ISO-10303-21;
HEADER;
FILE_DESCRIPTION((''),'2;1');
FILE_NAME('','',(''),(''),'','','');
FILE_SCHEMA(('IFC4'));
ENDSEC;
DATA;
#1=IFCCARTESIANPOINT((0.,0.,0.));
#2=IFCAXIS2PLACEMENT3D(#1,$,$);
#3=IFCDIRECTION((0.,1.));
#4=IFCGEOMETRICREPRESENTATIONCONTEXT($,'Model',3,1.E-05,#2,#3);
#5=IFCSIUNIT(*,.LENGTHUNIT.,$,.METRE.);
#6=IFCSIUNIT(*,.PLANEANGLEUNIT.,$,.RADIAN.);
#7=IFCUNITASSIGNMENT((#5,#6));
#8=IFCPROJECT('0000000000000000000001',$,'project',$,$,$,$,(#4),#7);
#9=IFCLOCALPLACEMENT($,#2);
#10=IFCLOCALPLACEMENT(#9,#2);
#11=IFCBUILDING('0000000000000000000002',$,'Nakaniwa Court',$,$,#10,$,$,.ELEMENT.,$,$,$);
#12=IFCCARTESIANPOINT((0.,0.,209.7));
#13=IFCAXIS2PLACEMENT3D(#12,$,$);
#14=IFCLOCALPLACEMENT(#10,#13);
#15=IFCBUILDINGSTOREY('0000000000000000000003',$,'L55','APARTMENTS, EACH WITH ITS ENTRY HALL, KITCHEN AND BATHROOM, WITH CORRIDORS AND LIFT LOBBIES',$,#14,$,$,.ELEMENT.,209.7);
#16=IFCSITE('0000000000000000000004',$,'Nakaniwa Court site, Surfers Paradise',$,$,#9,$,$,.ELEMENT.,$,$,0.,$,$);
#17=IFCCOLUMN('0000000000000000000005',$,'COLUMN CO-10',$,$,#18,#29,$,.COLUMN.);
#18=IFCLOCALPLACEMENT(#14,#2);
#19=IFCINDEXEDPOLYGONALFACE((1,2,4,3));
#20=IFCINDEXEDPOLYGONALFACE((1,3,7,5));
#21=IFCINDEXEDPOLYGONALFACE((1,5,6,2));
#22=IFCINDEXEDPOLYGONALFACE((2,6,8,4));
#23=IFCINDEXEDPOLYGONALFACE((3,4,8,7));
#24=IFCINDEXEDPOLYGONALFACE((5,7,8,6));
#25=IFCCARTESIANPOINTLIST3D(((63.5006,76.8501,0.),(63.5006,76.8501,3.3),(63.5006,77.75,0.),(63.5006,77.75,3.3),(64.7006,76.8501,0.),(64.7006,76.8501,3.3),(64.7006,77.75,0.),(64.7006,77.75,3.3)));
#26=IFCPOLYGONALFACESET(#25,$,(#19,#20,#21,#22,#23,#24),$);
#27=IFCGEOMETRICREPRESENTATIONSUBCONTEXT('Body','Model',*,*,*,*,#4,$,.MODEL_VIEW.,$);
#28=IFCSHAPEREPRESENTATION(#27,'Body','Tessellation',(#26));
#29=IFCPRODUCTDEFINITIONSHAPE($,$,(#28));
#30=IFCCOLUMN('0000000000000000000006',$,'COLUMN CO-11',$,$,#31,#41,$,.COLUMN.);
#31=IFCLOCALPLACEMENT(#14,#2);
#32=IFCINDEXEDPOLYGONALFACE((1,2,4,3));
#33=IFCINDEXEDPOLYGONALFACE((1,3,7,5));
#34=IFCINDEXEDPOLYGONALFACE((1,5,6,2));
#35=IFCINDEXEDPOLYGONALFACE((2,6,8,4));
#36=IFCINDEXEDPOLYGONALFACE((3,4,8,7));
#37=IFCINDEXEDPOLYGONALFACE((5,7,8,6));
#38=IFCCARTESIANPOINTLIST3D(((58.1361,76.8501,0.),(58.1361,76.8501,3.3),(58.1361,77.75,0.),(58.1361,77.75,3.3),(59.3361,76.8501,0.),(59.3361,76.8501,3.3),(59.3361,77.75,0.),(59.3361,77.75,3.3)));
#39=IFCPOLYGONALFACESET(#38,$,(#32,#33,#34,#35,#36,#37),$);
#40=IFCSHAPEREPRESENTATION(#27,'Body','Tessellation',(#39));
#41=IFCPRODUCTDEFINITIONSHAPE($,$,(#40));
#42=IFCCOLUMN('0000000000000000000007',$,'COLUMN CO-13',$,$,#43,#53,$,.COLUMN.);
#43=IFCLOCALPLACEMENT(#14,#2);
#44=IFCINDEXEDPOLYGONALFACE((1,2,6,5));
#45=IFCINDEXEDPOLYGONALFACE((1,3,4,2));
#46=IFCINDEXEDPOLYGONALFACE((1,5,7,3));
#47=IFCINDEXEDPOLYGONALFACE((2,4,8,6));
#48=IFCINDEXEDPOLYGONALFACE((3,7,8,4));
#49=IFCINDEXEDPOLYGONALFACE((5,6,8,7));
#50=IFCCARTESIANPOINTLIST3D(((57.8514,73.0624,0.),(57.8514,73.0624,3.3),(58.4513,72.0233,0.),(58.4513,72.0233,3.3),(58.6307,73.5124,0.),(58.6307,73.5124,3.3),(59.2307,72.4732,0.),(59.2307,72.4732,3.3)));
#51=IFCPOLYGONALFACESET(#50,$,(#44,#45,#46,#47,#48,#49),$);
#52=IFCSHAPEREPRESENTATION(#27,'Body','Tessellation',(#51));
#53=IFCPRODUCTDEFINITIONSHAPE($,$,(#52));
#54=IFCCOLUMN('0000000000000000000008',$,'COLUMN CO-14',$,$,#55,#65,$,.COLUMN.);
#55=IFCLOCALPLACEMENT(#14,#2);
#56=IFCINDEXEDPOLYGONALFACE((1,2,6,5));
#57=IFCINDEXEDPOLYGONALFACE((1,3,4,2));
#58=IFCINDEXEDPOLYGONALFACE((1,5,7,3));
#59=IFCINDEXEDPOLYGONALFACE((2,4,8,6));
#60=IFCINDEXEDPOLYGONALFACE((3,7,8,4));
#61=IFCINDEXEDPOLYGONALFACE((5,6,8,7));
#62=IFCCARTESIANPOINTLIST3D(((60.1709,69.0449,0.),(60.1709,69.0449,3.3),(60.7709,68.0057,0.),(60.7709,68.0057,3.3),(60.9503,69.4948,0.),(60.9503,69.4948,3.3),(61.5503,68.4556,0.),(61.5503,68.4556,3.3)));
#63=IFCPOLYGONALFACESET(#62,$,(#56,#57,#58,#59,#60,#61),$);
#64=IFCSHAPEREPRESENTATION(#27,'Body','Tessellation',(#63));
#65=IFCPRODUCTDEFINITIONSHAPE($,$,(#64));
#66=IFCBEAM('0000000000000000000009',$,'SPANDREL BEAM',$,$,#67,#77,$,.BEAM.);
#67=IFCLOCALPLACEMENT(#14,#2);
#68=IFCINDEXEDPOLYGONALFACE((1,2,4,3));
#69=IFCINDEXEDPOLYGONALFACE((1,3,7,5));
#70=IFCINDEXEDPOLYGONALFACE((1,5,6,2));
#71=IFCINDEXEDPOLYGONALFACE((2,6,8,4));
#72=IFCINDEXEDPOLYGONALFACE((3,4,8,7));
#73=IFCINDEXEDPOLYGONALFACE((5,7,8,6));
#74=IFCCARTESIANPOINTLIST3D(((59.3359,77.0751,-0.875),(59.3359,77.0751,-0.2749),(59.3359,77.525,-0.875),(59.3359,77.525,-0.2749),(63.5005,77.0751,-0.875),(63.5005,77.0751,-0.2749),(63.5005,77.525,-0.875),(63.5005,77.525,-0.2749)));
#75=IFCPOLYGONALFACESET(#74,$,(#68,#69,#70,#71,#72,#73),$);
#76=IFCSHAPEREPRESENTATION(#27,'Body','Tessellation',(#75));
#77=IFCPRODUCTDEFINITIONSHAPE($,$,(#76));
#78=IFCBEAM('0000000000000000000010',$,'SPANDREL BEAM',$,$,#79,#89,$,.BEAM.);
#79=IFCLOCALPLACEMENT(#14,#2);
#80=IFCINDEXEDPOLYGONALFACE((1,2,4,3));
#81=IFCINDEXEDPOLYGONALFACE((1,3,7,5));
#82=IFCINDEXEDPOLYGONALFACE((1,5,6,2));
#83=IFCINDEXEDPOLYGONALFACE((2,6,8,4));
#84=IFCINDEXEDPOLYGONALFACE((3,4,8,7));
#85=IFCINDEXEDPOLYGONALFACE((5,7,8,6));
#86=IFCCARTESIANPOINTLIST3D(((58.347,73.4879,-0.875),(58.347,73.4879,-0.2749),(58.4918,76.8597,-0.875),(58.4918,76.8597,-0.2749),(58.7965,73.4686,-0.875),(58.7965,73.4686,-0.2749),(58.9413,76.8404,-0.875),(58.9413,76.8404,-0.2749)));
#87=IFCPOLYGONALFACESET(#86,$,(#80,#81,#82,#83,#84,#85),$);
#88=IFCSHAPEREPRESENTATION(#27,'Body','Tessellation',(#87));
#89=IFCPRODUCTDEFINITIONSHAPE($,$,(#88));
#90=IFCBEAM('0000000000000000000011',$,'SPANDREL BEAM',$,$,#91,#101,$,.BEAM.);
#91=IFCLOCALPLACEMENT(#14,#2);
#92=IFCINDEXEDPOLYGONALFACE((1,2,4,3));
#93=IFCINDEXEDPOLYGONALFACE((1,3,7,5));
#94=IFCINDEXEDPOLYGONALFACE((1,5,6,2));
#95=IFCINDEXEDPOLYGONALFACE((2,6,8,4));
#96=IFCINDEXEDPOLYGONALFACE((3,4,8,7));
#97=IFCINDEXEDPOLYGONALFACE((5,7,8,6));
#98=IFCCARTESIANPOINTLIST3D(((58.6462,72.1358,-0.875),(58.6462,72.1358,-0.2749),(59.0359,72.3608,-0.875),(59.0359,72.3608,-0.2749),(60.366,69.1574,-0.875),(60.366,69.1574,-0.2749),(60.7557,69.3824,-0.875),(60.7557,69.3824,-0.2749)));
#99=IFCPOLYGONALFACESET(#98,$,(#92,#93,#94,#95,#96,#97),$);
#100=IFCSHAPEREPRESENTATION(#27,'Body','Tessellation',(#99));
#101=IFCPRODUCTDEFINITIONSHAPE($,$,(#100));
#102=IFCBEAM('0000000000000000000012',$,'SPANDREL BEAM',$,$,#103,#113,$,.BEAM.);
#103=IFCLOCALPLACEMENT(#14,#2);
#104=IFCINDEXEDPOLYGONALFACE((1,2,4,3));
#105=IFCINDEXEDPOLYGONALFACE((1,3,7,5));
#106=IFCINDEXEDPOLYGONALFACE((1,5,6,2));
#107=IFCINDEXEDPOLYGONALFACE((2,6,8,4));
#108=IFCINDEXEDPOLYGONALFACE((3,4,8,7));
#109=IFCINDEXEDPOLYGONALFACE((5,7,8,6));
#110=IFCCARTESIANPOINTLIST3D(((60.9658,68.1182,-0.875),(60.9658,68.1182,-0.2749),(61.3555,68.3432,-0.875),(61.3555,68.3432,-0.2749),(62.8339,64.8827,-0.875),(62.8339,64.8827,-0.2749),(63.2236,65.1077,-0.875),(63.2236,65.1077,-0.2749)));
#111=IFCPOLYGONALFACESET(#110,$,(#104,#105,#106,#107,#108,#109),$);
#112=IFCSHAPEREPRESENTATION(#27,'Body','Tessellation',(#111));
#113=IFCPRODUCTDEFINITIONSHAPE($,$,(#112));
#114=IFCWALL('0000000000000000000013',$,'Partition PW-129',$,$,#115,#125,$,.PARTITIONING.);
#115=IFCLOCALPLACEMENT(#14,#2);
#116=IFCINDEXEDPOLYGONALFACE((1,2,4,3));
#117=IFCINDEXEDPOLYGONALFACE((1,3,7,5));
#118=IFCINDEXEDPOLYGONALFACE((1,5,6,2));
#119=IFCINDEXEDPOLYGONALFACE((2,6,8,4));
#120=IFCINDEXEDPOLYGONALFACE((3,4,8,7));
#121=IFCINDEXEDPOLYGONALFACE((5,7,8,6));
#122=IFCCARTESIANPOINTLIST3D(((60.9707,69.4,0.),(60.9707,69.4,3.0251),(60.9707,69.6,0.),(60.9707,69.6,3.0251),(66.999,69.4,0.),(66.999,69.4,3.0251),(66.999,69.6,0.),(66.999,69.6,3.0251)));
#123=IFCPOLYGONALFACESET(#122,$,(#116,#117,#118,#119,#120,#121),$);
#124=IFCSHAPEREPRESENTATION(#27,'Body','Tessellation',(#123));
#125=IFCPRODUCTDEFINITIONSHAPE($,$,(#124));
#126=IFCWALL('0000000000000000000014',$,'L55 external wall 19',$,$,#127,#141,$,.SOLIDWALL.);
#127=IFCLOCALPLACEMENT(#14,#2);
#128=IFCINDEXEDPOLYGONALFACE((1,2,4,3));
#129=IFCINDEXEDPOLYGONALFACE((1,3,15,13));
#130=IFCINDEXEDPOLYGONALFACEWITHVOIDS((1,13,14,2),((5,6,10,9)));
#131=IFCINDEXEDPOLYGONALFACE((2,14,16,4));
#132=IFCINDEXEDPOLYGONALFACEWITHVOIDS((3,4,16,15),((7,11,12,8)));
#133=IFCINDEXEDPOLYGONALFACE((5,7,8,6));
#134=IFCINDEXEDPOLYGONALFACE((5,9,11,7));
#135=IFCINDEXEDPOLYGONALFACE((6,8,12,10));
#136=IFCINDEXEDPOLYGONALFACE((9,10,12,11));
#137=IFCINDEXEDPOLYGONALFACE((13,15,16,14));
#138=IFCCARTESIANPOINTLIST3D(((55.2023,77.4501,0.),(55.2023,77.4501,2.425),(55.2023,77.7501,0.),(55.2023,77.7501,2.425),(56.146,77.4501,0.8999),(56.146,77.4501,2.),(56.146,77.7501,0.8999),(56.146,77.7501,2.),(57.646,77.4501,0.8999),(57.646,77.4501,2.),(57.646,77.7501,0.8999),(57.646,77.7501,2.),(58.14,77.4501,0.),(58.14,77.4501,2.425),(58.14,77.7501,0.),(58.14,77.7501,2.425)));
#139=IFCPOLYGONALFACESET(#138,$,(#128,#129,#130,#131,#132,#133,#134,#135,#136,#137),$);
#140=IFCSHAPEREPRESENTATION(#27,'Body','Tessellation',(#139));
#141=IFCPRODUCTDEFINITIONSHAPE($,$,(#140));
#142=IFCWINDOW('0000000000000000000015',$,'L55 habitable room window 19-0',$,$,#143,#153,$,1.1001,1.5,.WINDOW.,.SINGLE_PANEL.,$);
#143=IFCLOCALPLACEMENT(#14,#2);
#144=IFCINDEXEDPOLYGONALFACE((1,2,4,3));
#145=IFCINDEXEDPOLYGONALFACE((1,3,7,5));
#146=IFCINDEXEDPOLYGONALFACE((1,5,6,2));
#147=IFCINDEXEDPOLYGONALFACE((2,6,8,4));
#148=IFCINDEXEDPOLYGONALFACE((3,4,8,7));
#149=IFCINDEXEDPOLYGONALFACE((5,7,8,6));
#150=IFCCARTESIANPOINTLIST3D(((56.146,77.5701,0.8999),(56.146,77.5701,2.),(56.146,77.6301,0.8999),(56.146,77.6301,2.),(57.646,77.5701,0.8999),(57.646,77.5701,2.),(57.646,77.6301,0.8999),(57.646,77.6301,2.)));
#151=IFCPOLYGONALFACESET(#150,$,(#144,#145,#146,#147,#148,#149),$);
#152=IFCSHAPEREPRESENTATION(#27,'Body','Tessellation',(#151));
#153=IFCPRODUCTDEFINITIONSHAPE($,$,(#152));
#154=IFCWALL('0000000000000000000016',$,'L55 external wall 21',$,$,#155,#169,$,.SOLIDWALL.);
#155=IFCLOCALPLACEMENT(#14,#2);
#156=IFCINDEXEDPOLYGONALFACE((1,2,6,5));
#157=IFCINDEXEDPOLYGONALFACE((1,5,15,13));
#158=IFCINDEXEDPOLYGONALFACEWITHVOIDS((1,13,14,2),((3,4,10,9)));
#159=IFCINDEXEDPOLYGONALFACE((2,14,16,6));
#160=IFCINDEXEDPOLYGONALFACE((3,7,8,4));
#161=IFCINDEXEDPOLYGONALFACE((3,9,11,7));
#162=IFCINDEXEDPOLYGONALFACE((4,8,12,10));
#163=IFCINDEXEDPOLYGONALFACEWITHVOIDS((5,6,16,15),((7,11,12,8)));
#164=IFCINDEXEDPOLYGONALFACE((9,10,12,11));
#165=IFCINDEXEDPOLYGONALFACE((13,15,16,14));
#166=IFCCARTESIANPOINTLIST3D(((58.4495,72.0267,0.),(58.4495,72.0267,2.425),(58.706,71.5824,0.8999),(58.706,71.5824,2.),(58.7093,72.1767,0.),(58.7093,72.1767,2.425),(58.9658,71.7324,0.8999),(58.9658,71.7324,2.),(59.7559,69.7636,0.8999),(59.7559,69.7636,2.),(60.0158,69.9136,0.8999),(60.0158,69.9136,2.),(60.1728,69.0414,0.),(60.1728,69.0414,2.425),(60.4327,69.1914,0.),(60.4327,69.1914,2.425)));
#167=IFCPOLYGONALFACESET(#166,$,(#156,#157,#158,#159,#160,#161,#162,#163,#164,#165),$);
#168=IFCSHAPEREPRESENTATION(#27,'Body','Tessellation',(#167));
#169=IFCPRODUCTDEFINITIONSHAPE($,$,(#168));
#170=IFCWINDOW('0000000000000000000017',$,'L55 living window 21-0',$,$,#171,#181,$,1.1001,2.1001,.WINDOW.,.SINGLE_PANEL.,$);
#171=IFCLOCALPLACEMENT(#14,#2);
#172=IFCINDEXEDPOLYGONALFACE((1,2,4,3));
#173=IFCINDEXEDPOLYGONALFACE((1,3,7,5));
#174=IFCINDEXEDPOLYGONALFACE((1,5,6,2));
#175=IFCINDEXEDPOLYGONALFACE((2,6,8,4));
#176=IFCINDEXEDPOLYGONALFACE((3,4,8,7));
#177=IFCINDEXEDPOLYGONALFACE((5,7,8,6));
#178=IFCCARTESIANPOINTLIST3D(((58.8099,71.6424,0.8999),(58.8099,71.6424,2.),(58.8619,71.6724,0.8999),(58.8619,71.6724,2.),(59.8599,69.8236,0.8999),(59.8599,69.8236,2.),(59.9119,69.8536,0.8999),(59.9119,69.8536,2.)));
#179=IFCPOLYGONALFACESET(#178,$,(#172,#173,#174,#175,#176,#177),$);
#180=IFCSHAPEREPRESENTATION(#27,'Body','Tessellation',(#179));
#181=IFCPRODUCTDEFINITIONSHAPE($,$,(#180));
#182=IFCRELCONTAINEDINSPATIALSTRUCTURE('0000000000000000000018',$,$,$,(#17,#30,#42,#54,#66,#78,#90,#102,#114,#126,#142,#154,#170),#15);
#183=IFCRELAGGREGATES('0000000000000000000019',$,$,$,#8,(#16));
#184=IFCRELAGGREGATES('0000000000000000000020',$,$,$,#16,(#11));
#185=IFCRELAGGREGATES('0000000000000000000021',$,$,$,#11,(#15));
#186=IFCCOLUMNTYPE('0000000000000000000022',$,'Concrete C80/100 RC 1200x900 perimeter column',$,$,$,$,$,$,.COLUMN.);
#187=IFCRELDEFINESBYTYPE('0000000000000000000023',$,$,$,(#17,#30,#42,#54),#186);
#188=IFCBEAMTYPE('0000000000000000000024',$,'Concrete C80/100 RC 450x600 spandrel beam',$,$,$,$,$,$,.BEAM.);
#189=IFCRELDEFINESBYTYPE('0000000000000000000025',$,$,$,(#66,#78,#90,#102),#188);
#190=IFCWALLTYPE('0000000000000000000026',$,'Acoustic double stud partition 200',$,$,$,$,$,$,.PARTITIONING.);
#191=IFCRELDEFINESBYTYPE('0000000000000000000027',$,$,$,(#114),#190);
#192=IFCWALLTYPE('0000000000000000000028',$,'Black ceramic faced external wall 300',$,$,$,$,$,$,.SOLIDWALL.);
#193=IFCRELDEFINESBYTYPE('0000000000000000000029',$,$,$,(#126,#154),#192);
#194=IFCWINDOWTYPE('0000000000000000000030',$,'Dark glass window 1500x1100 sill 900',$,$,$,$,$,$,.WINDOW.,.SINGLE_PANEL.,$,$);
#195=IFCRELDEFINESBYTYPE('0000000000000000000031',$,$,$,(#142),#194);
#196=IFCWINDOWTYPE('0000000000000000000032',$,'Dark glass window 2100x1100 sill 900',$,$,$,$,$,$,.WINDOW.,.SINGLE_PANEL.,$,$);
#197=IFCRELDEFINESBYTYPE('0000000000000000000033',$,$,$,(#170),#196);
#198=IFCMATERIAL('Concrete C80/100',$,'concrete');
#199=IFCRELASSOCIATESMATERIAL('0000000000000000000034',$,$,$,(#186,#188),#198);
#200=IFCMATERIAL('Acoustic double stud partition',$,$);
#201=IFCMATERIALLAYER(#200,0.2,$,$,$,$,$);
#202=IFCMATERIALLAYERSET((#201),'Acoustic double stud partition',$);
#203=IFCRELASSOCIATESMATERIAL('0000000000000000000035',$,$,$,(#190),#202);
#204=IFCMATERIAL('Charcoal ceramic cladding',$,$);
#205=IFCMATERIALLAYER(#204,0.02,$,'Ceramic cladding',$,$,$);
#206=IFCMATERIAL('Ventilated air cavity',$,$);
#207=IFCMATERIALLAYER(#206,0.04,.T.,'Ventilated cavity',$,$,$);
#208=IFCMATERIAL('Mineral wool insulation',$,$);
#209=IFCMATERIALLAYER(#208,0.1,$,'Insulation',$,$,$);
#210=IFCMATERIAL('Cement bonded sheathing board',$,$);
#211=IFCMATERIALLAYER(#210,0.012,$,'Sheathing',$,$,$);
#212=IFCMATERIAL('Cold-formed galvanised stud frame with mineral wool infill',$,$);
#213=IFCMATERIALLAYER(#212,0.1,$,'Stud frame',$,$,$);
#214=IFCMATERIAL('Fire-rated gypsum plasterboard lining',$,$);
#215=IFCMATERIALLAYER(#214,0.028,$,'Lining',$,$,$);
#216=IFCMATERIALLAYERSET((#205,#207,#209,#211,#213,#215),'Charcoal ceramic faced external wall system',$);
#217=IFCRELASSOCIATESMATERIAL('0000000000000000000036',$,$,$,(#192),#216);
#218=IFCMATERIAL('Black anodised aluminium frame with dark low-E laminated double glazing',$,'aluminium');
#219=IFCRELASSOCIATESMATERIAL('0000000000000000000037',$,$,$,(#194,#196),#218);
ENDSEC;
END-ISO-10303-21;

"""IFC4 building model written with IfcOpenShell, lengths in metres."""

from ifc_helpers import new_model, si_unit, direction, frame, frame_2d, origin, origin_2d, place, context, subcontext, project, spatial, rectangle, extrude, material, layer, layer_set, material_profile, profile_set, type_object, element, fill, save


model = new_model("IFC4")

# Units and contexts
model_context = context("Model", 3, precision=1e-05, world=origin(), true_north=direction((0.0, 1.0)))
body_context = subcontext(model_context, "Body", "Model", "MODEL_VIEW")
ifc_project = project(units=[si_unit("LENGTHUNIT", "METRE"), si_unit("PLANEANGLEUNIT", "RADIAN")], contexts=[model_context])

# Site, building, storey
site_placement = place(None, origin())
site = spatial("IfcSite", under=ifc_project, at=site_placement, Name="Nakaniwa Court site, Surfers Paradise", CompositionType="ELEMENT", RefElevation=0.0)
building_placement = place(site_placement, origin())
building = spatial("IfcBuilding", under=site, at=building_placement, Name="Nakaniwa Court", CompositionType="ELEMENT")
storey_placement = place(building_placement, frame((0.0, 0.0, 209.7)))
storey = spatial("IfcBuildingStorey", under=building, at=storey_placement, Name="L55", Description="APARTMENTS, EACH WITH ITS ENTRY HALL, KITCHEN AND BATHROOM, WITH CORRIDORS AND LIFT LOBBIES", CompositionType="ELEMENT", Elevation=209.7)

# Columns
ifc_material_1 = material(Name="Concrete C80/100", Category="concrete")
ifc_material_profile_1 = material_profile(ifc_material_1, rectangle(XDim=1.2, YDim=0.8999, at=origin_2d()), Name="Concrete C80/100 RC 1200x900 perimeter column")
ifc_profile_set_1 = profile_set([ifc_material_profile_1], Name="Concrete C80/100")
column_type = type_object("IfcColumnType", Name="Concrete C80/100 RC 1200x900 perimeter column", PredefinedType="COLUMN", material=ifc_profile_set_1)
for number, where, z_axis, x_axis, name in (
    (1, (64.1006, 77.3, 0.0), (0.0, 0.0, 1.0), (-1.0, 0.0, 0.0), "COLUMN CO-10"),
    (2, (58.7361, 77.3, 0.0), (0.0, 0.0, 1.0), (-1.0, 0.0, 0.0), "COLUMN CO-11"),
    (3, (58.541, 72.7678, 0.0), (0.0, 0.0, 1.0), (0.5, -0.866025, 0.0), "COLUMN CO-13"),
    (4, (60.8606, 68.7502, 0.0), (0.0, 0.0, 1.0), (0.5, -0.866025, 0.0), "COLUMN CO-14"),
):
    element("IfcColumn", number, at=place(storey_placement, frame(where, z_axis=z_axis, x_axis=x_axis)), inside=storey, type_object=column_type, Name=name, PredefinedType="COLUMN", context=body_context, shape_type="SweptSolid", body=[
        extrude(rectangle(XDim=1.2, YDim=0.8999, at=origin_2d()), origin(), (0.0, 0.0, 1.0), 3.3),
    ])

# Beams
ifc_material_profile_2 = material_profile(ifc_material_1, rectangle(XDim=0.45, YDim=0.6001, at=origin_2d()), Name="Concrete C80/100 RC 450x600 spandrel beam")
ifc_profile_set_2 = profile_set([ifc_material_profile_2], Name="Concrete C80/100")
beam_type = type_object("IfcBeamType", Name="Concrete C80/100 RC 450x600 spandrel beam", PredefinedType="BEAM", material=ifc_profile_set_2)
beam_1_placement = place(storey_placement, frame((63.5005, 77.3, -0.575), z_axis=(-1.0, 0.0, 0.0), x_axis=(0.0, -1.0, 0.0)))
element("IfcBeam", 5, at=beam_1_placement, inside=storey, type_object=beam_type, Name="SPANDREL BEAM", PredefinedType="BEAM", context=body_context, shape_type="SweptSolid", body=[
    extrude(rectangle(XDim=0.45, YDim=0.6001, at=origin_2d()), origin(), (0.0, 0.0, 1.0), 4.1646),
])
beam_2_placement = place(storey_placement, frame((58.7166, 76.8501, -0.575), z_axis=(-0.042897, -0.999079, 0.0), x_axis=(0.999079, -0.042897, 0.0)))
element("IfcBeam", 6, at=beam_2_placement, inside=storey, type_object=beam_type, Name="SPANDREL BEAM", PredefinedType="BEAM", context=body_context, shape_type="SweptSolid", body=[
    extrude(rectangle(XDim=0.45, YDim=0.6001, at=origin_2d()), origin(), (0.0, 0.0, 1.0), 3.375),
])
beam_3_placement = place(storey_placement, frame((58.8411, 72.2483, -0.575), z_axis=(0.500048, -0.865998, 0.0), x_axis=(0.865998, 0.500048, 0.0)))
element("IfcBeam", 7, at=beam_3_placement, inside=storey, type_object=beam_type, Name="SPANDREL BEAM", PredefinedType="BEAM", context=body_context, shape_type="SweptSolid", body=[
    extrude(rectangle(XDim=0.45, YDim=0.6001, at=origin_2d()), origin(), (0.0, 0.0, 1.0), 3.4392),
])
beam_4_placement = place(storey_placement, frame((61.1606, 68.2307, -0.575), z_axis=(0.500018, -0.866015, 0.0), x_axis=(0.866015, 0.500018, 0.0)))
element("IfcBeam", 8, at=beam_4_placement, inside=storey, type_object=beam_type, Name="SPANDREL BEAM", PredefinedType="BEAM", context=body_context, shape_type="SweptSolid", body=[
    extrude(rectangle(XDim=0.45, YDim=0.6001, at=origin_2d()), origin(), (0.0, 0.0, 1.0), 3.7361),
])

# Wall
ifc_material_2 = material(Name="Acoustic double stud partition")
ifc_layer_1 = layer(ifc_material_2, 0.2)
ifc_layer_set_1 = layer_set([ifc_layer_1], Name="Acoustic double stud partition")
wall_type_1 = type_object("IfcWallType", Name="Acoustic double stud partition 200", PredefinedType="PARTITIONING", material=ifc_layer_set_1)
wall_1_placement = place(storey_placement, frame((60.9707, 69.5, 0.0), z_axis=(0.0, 0.0, 1.0), x_axis=(1.0, 0.0, 0.0)))
element("IfcWall", 9, at=wall_1_placement, inside=storey, type_object=wall_type_1, Name="Partition PW-129", PredefinedType="PARTITIONING", context=body_context, shape_type="SweptSolid", body=[
    extrude(rectangle(XDim=6.0283, YDim=0.2, at=frame_2d((3.0142, 0.0))), origin(), (0.0, 0.0, 1.0), 3.0251),
])

# Walls, openings, windows
ifc_material_3 = material(Name="Charcoal ceramic cladding")
ifc_layer_2 = layer(ifc_material_3, 0.02, Name="Ceramic cladding")
ifc_material_4 = material(Name="Ventilated air cavity")
ifc_layer_3 = layer(ifc_material_4, 0.04, ventilated=True, Name="Ventilated cavity")
ifc_material_5 = material(Name="Mineral wool insulation")
ifc_layer_4 = layer(ifc_material_5, 0.1, Name="Insulation")
ifc_material_6 = material(Name="Cement bonded sheathing board")
ifc_layer_5 = layer(ifc_material_6, 0.012, Name="Sheathing")
ifc_material_7 = material(Name="Cold-formed galvanised stud frame with mineral wool infill")
ifc_layer_6 = layer(ifc_material_7, 0.1, Name="Stud frame")
ifc_material_8 = material(Name="Fire-rated gypsum plasterboard lining")
ifc_layer_7 = layer(ifc_material_8, 0.028, Name="Lining")
ifc_layer_set_2 = layer_set([ifc_layer_2, ifc_layer_3, ifc_layer_4, ifc_layer_5, ifc_layer_6, ifc_layer_7], Name="Charcoal ceramic faced external wall system")
wall_type_2 = type_object("IfcWallType", Name="Black ceramic faced external wall 300", PredefinedType="SOLIDWALL", material=ifc_layer_set_2)
wall_2_placement = place(storey_placement, frame((58.1399, 77.6001, 0.0), z_axis=(0.0, 0.0, 1.0), x_axis=(-1.0, 0.0, 0.0)))
wall_2 = element("IfcWall", 10, at=wall_2_placement, inside=storey, type_object=wall_type_2, Name="L55 external wall 19", PredefinedType="SOLIDWALL", context=body_context, shape_type="SweptSolid", body=[
    extrude(rectangle(XDim=2.9377, YDim=0.3, at=frame_2d((1.4688, 0.0))), origin(), (0.0, 0.0, 1.0), 2.425),
])
opening_1_placement = place(wall_2_placement, frame((0.4939, 0.0, 0.8999)))
opening_1 = element("IfcOpeningElement", 11, at=opening_1_placement, cuts=wall_2, PredefinedType="OPENING", context=body_context, shape_type="SweptSolid", body=[
    extrude(rectangle(XDim=1.5, YDim=1.1001, at=frame_2d((0.75, 0.55))), frame((0.0, 0.1599, 0.0), z_axis=(0.0, -1.0, 0.0), x_axis=(1.0, 0.0, 0.0)), (0.0, 0.0, 1.0), 0.3201),
])
ifc_material_9 = material(Name="Black anodised aluminium frame with dark low-E laminated double glazing", Category="aluminium")
window_type_1 = type_object("IfcWindowType", Name="Dark glass window 1500x1100 sill 900", PartitioningType="SINGLE_PANEL", PredefinedType="WINDOW", material=ifc_material_9)
window_1_placement = place(opening_1_placement, origin())
window_1 = element("IfcWindow", 12, at=window_1_placement, inside=storey, type_object=window_type_1, Name="L55 habitable room window 19-0", OverallHeight=1.1001, OverallWidth=1.5, PartitioningType="SINGLE_PANEL", PredefinedType="WINDOW", context=body_context, shape_type="SweptSolid", body=[
    extrude(rectangle(XDim=1.5, YDim=1.1001, at=frame_2d((0.75, 0.55))), frame((0.0, 0.03, 0.0), z_axis=(0.0, -1.0, 0.0), x_axis=(1.0, 0.0, 0.0)), (0.0, 0.0, 1.0), 0.0601),
])
fill(opening_1, window_1)
wall_3_placement = place(storey_placement, frame((58.5793, 72.1018, 0.0), z_axis=(0.0, 0.0, 1.0), x_axis=(0.499955, -0.866051, 0.0)))
wall_3 = element("IfcWall", 13, at=wall_3_placement, inside=storey, type_object=wall_type_2, Name="L55 external wall 21", PredefinedType="SOLIDWALL", context=body_context, shape_type="SweptSolid", body=[
    extrude(rectangle(XDim=3.447, YDim=0.3, at=frame_2d((1.7236, 0.0))), origin(), (0.0, 0.0, 1.0), 2.425),
])
opening_2_placement = place(wall_3_placement, frame((0.5132, 0.0, 0.8999)))
opening_2 = element("IfcOpeningElement", 14, at=opening_2_placement, cuts=wall_3, PredefinedType="OPENING", context=body_context, shape_type="SweptSolid", body=[
    extrude(rectangle(XDim=2.1001, YDim=1.1001, at=frame_2d((1.05, 0.55))), frame((0.0, 0.1599, 0.0), z_axis=(0.0, -1.0, 0.0), x_axis=(1.0, 0.0, 0.0)), (0.0, 0.0, 1.0), 0.3201),
])
window_type_2 = type_object("IfcWindowType", Name="Dark glass window 2100x1100 sill 900", PartitioningType="SINGLE_PANEL", PredefinedType="WINDOW", material=ifc_material_9)
window_2_placement = place(opening_2_placement, origin())
window_2 = element("IfcWindow", 15, at=window_2_placement, inside=storey, type_object=window_type_2, Name="L55 living window 21-0", OverallHeight=1.1001, OverallWidth=2.1001, PartitioningType="SINGLE_PANEL", PredefinedType="WINDOW", context=body_context, shape_type="SweptSolid", body=[
    extrude(rectangle(XDim=2.1001, YDim=1.1001, at=frame_2d((1.05, 0.55))), frame((0.0, 0.03, 0.0), z_axis=(0.0, -1.0, 0.0), x_axis=(1.0, 0.0, 0.0)), (0.0, 0.0, 1.0), 0.0601),
])
fill(opening_2, window_2)

save(model, "model.ifc")
